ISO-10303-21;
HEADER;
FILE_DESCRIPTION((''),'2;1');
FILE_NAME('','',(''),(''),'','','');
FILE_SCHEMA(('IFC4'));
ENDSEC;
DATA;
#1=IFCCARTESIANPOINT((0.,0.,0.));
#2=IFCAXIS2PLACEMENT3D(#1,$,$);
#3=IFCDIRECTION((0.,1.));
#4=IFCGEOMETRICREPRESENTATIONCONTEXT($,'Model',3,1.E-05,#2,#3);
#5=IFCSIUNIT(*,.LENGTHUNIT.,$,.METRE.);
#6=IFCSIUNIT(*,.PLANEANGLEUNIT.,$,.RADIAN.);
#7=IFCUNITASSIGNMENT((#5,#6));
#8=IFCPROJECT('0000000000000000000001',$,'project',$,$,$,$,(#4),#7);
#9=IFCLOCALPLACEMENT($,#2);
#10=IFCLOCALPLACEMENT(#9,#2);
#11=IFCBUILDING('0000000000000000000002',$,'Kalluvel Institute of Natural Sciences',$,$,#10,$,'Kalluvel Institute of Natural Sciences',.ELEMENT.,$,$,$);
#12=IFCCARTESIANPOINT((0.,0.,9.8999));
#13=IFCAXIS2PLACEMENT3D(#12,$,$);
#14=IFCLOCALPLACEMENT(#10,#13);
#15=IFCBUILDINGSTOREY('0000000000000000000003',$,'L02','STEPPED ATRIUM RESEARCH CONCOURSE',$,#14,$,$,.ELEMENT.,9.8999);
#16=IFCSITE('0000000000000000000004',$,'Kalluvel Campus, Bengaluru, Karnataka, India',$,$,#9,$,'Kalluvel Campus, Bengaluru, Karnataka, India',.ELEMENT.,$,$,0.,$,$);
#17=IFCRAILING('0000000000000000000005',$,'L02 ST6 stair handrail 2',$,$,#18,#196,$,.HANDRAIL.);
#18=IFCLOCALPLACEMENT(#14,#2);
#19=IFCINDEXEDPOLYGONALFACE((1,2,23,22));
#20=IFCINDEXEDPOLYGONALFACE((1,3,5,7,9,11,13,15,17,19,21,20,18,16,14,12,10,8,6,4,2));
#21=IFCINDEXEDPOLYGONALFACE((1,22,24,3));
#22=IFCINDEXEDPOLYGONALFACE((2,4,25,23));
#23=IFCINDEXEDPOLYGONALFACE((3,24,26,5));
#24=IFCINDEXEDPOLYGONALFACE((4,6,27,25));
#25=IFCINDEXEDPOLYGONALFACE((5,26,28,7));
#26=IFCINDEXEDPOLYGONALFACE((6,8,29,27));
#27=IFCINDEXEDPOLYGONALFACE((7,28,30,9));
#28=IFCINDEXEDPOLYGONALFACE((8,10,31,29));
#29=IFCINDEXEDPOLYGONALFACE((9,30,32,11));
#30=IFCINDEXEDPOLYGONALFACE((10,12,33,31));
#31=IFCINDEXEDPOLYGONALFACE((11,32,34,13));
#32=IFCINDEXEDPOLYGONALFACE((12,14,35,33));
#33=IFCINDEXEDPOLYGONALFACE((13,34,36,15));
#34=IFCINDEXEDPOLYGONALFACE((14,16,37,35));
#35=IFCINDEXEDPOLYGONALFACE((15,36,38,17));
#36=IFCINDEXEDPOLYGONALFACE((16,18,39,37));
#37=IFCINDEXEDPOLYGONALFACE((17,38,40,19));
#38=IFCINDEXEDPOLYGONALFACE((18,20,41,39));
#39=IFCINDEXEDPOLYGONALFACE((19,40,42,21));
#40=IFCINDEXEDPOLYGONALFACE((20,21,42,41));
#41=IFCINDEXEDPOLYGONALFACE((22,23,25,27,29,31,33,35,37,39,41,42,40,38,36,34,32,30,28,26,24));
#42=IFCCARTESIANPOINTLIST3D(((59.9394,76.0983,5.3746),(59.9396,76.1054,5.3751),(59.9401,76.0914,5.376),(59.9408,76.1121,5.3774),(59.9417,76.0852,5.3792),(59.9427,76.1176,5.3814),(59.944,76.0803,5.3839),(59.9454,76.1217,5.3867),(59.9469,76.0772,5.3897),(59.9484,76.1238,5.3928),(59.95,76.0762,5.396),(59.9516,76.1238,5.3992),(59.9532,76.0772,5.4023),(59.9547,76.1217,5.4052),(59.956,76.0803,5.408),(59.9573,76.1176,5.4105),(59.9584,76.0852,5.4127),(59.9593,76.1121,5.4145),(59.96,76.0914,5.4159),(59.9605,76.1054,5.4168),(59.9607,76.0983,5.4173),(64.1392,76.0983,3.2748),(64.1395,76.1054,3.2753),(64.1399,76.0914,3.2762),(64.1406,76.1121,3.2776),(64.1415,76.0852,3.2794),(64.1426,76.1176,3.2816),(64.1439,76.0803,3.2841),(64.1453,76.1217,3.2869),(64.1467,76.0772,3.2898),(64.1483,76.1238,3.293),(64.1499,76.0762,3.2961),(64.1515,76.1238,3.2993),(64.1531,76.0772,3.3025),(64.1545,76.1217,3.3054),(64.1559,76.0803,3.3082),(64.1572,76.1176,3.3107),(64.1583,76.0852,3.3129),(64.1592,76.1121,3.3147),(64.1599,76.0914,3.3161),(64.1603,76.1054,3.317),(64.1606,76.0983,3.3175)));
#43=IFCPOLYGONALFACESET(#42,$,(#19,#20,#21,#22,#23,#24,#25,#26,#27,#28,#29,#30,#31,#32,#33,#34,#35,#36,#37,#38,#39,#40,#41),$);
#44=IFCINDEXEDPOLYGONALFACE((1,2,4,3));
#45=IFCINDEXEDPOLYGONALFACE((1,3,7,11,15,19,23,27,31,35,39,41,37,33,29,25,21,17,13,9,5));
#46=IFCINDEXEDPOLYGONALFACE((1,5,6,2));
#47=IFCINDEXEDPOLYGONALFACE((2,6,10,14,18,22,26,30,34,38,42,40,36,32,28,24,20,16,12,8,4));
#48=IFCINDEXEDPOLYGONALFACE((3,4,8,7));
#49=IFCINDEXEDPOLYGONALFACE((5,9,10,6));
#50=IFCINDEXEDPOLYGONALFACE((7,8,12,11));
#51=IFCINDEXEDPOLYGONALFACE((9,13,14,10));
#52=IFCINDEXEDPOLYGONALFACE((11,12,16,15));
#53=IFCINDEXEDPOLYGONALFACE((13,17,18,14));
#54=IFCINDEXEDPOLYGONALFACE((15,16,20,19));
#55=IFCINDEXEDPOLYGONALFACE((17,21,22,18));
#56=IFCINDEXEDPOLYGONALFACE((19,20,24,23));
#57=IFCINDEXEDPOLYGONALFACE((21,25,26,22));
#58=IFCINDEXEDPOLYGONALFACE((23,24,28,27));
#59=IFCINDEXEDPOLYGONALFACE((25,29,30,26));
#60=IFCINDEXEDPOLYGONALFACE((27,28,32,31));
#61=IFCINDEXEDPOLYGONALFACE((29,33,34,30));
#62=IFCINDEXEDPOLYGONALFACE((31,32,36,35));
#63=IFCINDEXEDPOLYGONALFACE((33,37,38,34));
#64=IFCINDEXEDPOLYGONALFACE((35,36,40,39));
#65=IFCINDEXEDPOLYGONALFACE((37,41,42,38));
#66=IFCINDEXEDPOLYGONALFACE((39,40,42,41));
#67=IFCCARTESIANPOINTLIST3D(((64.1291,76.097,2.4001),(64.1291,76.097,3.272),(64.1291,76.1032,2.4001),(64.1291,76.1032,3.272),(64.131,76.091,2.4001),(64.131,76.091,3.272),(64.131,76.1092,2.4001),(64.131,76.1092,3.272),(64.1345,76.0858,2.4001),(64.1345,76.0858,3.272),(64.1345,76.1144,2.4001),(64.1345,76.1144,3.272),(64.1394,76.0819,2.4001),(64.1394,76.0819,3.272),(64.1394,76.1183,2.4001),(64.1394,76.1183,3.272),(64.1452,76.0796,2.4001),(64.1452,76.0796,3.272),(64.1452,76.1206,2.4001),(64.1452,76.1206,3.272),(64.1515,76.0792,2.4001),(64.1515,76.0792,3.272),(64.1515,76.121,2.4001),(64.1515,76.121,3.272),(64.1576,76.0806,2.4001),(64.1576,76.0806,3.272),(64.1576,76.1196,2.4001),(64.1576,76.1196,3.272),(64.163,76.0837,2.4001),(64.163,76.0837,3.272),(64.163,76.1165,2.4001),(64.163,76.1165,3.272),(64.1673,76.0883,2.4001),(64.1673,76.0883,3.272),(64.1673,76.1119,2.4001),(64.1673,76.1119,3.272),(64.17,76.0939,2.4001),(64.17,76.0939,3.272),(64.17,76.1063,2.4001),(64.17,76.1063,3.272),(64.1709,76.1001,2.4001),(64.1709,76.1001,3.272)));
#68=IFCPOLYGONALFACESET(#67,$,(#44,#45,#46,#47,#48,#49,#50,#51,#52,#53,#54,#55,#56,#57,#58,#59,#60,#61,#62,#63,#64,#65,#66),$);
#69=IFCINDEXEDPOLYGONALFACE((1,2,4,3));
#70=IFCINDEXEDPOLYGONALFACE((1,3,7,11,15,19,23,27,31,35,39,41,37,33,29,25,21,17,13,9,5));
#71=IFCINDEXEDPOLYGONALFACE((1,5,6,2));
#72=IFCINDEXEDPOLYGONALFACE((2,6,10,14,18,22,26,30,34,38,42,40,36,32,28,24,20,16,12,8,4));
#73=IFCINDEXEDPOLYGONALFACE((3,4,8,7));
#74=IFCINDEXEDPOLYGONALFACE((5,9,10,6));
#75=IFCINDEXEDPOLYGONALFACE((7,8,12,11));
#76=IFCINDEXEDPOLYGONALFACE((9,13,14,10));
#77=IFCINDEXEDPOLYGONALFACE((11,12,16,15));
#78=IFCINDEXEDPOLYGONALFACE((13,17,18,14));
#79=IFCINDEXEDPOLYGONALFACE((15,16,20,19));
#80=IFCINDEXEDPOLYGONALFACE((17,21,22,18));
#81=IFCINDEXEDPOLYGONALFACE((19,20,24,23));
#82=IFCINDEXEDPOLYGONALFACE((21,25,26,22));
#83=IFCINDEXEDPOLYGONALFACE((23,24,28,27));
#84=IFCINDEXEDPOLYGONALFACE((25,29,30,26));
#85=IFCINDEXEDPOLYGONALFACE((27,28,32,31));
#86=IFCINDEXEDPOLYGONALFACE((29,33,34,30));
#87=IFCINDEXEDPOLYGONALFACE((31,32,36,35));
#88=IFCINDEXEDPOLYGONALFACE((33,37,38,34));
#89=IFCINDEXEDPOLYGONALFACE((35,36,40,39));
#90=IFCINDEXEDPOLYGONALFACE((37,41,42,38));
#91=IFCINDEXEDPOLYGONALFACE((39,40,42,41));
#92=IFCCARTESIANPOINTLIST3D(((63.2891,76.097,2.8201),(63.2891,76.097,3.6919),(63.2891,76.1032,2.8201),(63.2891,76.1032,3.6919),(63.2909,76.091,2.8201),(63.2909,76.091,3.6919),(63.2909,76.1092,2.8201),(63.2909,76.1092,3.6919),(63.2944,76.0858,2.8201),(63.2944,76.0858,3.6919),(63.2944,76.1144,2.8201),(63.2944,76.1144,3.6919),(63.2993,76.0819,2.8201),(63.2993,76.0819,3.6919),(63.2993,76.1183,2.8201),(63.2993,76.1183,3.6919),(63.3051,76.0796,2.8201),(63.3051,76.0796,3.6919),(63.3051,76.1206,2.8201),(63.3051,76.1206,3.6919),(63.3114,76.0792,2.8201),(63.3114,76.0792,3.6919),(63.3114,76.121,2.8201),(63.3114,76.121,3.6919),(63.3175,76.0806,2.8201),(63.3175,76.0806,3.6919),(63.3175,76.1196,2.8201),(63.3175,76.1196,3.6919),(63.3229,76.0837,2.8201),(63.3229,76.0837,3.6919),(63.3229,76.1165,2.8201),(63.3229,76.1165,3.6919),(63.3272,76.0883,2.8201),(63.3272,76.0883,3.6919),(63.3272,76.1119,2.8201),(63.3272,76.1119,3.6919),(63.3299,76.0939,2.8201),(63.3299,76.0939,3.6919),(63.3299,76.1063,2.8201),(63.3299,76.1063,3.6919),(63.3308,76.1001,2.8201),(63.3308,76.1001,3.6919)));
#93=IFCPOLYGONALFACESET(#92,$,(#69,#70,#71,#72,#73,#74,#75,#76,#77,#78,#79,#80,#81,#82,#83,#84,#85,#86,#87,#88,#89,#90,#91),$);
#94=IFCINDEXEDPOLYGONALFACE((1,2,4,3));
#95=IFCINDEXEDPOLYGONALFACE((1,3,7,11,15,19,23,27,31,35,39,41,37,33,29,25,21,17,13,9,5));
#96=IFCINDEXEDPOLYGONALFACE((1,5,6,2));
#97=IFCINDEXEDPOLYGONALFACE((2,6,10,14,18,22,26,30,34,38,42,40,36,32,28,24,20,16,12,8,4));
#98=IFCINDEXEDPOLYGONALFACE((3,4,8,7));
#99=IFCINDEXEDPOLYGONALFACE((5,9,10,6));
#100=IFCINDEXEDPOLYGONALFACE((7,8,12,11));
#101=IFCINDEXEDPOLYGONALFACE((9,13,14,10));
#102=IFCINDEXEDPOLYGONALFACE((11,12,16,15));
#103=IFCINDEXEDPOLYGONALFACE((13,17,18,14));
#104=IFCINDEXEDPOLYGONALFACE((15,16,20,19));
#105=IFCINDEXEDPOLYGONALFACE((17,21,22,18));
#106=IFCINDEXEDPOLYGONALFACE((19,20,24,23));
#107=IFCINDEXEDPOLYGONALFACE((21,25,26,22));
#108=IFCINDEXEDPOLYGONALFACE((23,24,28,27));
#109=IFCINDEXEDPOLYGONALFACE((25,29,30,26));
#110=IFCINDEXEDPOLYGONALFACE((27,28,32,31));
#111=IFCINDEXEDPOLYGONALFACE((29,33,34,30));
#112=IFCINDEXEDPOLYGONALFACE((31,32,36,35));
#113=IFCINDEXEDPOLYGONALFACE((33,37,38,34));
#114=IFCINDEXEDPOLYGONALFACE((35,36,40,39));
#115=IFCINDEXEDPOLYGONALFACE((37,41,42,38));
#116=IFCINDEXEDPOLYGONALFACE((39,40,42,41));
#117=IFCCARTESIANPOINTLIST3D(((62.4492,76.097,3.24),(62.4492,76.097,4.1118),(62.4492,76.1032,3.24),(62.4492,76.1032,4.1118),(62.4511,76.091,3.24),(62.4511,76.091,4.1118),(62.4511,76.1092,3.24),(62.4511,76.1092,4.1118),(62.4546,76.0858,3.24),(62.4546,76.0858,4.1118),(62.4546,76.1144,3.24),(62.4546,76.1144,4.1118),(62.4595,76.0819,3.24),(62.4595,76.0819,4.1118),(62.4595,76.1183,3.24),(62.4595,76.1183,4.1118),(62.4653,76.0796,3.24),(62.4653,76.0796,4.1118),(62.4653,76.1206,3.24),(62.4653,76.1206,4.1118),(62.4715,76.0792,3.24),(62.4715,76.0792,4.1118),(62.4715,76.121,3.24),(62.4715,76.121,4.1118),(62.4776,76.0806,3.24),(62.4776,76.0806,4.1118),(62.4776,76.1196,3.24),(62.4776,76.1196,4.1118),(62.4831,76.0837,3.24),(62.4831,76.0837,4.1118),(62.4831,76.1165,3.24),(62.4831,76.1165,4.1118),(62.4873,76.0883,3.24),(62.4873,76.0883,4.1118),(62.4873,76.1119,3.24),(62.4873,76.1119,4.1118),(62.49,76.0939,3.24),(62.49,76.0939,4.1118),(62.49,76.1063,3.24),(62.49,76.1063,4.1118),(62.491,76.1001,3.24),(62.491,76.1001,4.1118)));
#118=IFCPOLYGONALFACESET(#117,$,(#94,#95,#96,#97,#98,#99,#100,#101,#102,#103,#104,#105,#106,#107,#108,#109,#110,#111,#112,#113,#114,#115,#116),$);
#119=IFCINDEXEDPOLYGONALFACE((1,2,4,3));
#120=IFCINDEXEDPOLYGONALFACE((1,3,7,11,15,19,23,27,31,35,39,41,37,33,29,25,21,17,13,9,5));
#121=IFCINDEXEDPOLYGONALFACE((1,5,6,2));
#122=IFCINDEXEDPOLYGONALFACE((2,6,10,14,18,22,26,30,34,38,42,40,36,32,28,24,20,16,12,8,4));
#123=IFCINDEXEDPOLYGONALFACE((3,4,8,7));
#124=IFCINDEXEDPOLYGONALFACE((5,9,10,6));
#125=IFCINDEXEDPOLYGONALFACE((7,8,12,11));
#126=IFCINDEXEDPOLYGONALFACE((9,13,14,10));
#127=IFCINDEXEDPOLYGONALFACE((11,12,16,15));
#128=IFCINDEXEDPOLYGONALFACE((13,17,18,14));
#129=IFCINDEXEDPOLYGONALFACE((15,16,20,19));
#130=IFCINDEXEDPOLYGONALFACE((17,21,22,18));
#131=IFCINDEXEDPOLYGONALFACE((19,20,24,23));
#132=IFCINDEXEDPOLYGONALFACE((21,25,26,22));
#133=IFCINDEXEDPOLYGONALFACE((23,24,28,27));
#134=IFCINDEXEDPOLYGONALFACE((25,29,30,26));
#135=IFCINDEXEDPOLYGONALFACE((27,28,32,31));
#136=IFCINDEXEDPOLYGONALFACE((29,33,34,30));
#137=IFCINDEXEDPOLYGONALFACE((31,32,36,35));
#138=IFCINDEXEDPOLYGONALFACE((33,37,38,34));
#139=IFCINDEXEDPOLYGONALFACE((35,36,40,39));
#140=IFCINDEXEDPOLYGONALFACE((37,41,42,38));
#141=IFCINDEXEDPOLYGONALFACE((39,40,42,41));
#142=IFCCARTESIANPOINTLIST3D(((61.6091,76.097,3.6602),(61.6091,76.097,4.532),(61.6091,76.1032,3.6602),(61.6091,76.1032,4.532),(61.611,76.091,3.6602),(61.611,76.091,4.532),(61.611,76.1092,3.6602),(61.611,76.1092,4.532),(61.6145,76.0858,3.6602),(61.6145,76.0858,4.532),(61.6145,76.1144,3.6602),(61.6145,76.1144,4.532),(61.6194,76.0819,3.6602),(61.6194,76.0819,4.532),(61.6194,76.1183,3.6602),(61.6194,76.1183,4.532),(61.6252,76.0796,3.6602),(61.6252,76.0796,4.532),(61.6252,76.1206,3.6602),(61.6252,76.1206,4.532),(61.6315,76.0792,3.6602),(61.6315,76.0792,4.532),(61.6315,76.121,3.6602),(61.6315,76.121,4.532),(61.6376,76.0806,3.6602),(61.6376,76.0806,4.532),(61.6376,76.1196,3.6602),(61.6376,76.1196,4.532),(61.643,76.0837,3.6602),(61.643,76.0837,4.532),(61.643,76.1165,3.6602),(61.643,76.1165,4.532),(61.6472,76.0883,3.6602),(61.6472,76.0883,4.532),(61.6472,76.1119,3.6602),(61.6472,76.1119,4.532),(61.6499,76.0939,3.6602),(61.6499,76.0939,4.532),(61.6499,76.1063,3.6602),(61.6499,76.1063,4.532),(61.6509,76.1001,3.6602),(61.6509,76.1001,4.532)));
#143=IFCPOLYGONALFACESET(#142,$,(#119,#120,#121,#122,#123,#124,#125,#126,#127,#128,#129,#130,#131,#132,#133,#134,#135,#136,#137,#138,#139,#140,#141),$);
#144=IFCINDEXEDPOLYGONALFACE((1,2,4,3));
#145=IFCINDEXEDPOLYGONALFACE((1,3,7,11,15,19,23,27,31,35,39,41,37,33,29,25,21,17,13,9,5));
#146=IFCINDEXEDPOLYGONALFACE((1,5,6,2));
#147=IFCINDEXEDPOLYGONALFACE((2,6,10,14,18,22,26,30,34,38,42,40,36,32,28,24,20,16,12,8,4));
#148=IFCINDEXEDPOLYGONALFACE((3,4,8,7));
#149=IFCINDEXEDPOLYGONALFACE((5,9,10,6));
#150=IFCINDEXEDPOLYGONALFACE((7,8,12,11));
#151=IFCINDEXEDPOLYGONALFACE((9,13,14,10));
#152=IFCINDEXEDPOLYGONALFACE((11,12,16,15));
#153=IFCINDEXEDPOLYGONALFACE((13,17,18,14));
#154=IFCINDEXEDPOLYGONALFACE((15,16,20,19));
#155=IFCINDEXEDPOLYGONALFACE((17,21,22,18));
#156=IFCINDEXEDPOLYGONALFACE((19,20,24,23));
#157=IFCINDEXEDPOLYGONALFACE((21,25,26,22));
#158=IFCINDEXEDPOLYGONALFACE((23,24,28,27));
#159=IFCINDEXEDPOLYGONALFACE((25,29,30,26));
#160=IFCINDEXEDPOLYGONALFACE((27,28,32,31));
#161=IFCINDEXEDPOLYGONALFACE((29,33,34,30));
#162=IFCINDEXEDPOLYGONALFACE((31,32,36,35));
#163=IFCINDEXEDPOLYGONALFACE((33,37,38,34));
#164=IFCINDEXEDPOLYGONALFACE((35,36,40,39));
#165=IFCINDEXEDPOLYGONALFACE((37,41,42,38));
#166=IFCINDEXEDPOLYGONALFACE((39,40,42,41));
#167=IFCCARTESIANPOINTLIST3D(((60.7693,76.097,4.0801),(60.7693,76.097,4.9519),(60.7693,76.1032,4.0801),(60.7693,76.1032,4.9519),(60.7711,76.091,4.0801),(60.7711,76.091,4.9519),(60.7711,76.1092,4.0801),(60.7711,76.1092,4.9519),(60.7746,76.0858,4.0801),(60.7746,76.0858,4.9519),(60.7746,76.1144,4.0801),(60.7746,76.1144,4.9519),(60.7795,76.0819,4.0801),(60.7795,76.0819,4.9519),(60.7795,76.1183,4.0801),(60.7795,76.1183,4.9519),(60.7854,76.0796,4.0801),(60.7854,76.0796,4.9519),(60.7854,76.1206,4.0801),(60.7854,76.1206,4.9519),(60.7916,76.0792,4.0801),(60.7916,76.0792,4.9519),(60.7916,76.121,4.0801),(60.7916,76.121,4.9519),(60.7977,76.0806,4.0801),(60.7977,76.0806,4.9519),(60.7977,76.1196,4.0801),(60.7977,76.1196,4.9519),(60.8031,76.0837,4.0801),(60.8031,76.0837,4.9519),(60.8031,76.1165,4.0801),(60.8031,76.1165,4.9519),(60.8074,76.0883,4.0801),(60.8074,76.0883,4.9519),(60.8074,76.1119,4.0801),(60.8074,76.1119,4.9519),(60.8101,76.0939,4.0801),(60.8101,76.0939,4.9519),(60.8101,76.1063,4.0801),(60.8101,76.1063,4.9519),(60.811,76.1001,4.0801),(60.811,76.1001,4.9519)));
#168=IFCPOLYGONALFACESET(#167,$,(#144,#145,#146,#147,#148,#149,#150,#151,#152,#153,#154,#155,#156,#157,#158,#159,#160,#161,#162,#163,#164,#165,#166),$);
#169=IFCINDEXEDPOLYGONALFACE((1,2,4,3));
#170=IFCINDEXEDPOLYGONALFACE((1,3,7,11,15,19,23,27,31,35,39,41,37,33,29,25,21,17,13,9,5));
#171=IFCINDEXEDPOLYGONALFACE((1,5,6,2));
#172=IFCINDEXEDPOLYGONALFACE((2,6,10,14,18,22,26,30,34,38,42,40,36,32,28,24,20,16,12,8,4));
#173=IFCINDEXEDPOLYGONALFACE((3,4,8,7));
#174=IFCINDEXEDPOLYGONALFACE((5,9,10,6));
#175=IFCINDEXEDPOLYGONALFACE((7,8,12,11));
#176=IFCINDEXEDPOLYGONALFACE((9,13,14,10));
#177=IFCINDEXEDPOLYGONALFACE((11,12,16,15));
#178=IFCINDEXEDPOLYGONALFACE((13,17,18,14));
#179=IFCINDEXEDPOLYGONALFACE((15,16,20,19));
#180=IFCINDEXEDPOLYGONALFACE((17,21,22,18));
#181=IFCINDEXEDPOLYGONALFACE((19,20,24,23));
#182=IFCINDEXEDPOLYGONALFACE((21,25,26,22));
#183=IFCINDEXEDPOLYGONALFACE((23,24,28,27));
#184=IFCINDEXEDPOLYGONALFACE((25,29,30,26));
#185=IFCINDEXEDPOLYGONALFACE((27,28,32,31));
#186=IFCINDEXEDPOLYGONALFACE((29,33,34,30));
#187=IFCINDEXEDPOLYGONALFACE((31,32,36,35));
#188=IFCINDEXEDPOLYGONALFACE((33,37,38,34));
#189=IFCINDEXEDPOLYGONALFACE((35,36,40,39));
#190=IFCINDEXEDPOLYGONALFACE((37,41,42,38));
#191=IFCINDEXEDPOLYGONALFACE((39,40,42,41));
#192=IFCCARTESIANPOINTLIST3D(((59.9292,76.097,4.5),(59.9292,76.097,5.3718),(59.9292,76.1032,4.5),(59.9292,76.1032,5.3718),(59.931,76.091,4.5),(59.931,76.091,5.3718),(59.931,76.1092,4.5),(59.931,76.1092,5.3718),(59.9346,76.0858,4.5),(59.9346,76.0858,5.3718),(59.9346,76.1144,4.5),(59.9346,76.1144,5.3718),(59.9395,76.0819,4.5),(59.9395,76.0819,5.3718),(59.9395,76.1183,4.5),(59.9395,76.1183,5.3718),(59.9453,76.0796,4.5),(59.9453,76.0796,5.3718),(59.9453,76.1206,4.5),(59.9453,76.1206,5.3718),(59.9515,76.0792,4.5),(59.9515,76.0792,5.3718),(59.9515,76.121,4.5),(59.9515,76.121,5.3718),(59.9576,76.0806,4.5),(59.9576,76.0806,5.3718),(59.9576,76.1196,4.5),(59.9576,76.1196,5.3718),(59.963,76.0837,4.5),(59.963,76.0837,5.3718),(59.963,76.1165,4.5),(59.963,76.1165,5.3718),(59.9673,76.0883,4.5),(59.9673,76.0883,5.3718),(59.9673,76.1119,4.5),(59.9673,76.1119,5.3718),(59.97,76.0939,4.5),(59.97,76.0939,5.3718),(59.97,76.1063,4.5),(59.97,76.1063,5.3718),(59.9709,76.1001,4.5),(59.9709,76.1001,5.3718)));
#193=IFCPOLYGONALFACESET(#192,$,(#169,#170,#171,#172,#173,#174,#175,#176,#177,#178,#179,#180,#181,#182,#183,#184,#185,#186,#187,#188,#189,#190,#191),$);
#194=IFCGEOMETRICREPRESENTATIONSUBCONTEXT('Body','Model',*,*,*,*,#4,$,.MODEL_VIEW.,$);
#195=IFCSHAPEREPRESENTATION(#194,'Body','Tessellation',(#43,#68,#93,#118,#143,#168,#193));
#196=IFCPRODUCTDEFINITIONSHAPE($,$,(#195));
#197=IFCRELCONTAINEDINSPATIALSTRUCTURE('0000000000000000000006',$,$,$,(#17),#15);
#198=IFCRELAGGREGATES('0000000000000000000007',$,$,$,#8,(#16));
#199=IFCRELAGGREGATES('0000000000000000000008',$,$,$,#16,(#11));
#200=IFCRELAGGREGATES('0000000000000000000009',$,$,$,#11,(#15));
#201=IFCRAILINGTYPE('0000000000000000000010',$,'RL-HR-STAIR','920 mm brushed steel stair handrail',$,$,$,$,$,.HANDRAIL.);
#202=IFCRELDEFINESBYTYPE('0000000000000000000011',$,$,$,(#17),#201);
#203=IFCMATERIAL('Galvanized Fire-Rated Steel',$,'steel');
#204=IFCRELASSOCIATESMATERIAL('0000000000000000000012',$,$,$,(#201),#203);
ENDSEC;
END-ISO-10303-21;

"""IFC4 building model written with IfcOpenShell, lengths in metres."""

from ifc_helpers import new_model, si_unit, direction, frame, origin, origin_2d, place, context, subcontext, project, spatial, circle, extrude, material, type_object, element, save


model = new_model("IFC4")

# Units and contexts
model_context = context("Model", 3, precision=1e-05, world=origin(), true_north=direction((0.0, 1.0)))
body_context = subcontext(model_context, "Body", "Model", "MODEL_VIEW")
ifc_project = project(units=[si_unit("LENGTHUNIT", "METRE"), si_unit("PLANEANGLEUNIT", "RADIAN")], contexts=[model_context])

# Site, building, storey
site_placement = place(None, origin())
site = spatial("IfcSite", under=ifc_project, at=site_placement, Name="Kalluvel Campus, Bengaluru, Karnataka, India", LongName="Kalluvel Campus, Bengaluru, Karnataka, India", CompositionType="ELEMENT", RefElevation=0.0)
building_placement = place(site_placement, origin())
building = spatial("IfcBuilding", under=site, at=building_placement, Name="Kalluvel Institute of Natural Sciences", LongName="Kalluvel Institute of Natural Sciences", CompositionType="ELEMENT")
storey_placement = place(building_placement, frame((0.0, 0.0, 9.8999)))
storey = spatial("IfcBuildingStorey", under=building, at=storey_placement, Name="L02", Description="STEPPED ATRIUM RESEARCH CONCOURSE", CompositionType="ELEMENT", Elevation=9.8999)

# Railing
ifc_material_1 = material(Name="Galvanized Fire-Rated Steel", Category="steel")
railing_type_1 = type_object("IfcRailingType", Name="RL-HR-STAIR", Description="920 mm brushed steel stair handrail", PredefinedType="HANDRAIL", material=ifc_material_1)
railing_1_placement = place(storey_placement, frame((64.1499, 76.1001, 2.4001)))
element("IfcRailing", 1, at=railing_1_placement, inside=storey, type_object=railing_type_1, Name="L02 ST6 stair handrail 2", PredefinedType="HANDRAIL", context=body_context, shape_type="SweptSolid", body=[
    extrude(circle(Radius=0.0239, at=origin_2d()), frame((0.0, 0.0, 0.896), z_axis=(-0.894438, 0.0, 0.447193), x_axis=(0.0, -1.0, 0.0)), (0.0, 0.0, 1.0), 4.6956),
    extrude(circle(Radius=0.021, at=origin_2d()), origin(), (0.0, 0.0, 1.0), 0.8718),
    extrude(circle(Radius=0.021, at=origin_2d()), frame((-0.8401, 0.0, 0.4199)), (0.0, 0.0, 1.0), 0.8718),
    extrude(circle(Radius=0.021, at=origin_2d()), frame((-1.6799, 0.0, 0.8398)), (0.0, 0.0, 1.0), 0.8718),
    extrude(circle(Radius=0.021, at=origin_2d()), frame((-2.52, 0.0, 1.26)), (0.0, 0.0, 1.0), 0.8718),
    extrude(circle(Radius=0.021, at=origin_2d()), frame((-3.3599, 0.0, 1.6799)), (0.0, 0.0, 1.0), 0.8718),
    extrude(circle(Radius=0.021, at=origin_2d()), frame((-4.2, 0.0, 2.0999)), (0.0, 0.0, 1.0), 0.8718),
])

save(model, "model.ifc")
